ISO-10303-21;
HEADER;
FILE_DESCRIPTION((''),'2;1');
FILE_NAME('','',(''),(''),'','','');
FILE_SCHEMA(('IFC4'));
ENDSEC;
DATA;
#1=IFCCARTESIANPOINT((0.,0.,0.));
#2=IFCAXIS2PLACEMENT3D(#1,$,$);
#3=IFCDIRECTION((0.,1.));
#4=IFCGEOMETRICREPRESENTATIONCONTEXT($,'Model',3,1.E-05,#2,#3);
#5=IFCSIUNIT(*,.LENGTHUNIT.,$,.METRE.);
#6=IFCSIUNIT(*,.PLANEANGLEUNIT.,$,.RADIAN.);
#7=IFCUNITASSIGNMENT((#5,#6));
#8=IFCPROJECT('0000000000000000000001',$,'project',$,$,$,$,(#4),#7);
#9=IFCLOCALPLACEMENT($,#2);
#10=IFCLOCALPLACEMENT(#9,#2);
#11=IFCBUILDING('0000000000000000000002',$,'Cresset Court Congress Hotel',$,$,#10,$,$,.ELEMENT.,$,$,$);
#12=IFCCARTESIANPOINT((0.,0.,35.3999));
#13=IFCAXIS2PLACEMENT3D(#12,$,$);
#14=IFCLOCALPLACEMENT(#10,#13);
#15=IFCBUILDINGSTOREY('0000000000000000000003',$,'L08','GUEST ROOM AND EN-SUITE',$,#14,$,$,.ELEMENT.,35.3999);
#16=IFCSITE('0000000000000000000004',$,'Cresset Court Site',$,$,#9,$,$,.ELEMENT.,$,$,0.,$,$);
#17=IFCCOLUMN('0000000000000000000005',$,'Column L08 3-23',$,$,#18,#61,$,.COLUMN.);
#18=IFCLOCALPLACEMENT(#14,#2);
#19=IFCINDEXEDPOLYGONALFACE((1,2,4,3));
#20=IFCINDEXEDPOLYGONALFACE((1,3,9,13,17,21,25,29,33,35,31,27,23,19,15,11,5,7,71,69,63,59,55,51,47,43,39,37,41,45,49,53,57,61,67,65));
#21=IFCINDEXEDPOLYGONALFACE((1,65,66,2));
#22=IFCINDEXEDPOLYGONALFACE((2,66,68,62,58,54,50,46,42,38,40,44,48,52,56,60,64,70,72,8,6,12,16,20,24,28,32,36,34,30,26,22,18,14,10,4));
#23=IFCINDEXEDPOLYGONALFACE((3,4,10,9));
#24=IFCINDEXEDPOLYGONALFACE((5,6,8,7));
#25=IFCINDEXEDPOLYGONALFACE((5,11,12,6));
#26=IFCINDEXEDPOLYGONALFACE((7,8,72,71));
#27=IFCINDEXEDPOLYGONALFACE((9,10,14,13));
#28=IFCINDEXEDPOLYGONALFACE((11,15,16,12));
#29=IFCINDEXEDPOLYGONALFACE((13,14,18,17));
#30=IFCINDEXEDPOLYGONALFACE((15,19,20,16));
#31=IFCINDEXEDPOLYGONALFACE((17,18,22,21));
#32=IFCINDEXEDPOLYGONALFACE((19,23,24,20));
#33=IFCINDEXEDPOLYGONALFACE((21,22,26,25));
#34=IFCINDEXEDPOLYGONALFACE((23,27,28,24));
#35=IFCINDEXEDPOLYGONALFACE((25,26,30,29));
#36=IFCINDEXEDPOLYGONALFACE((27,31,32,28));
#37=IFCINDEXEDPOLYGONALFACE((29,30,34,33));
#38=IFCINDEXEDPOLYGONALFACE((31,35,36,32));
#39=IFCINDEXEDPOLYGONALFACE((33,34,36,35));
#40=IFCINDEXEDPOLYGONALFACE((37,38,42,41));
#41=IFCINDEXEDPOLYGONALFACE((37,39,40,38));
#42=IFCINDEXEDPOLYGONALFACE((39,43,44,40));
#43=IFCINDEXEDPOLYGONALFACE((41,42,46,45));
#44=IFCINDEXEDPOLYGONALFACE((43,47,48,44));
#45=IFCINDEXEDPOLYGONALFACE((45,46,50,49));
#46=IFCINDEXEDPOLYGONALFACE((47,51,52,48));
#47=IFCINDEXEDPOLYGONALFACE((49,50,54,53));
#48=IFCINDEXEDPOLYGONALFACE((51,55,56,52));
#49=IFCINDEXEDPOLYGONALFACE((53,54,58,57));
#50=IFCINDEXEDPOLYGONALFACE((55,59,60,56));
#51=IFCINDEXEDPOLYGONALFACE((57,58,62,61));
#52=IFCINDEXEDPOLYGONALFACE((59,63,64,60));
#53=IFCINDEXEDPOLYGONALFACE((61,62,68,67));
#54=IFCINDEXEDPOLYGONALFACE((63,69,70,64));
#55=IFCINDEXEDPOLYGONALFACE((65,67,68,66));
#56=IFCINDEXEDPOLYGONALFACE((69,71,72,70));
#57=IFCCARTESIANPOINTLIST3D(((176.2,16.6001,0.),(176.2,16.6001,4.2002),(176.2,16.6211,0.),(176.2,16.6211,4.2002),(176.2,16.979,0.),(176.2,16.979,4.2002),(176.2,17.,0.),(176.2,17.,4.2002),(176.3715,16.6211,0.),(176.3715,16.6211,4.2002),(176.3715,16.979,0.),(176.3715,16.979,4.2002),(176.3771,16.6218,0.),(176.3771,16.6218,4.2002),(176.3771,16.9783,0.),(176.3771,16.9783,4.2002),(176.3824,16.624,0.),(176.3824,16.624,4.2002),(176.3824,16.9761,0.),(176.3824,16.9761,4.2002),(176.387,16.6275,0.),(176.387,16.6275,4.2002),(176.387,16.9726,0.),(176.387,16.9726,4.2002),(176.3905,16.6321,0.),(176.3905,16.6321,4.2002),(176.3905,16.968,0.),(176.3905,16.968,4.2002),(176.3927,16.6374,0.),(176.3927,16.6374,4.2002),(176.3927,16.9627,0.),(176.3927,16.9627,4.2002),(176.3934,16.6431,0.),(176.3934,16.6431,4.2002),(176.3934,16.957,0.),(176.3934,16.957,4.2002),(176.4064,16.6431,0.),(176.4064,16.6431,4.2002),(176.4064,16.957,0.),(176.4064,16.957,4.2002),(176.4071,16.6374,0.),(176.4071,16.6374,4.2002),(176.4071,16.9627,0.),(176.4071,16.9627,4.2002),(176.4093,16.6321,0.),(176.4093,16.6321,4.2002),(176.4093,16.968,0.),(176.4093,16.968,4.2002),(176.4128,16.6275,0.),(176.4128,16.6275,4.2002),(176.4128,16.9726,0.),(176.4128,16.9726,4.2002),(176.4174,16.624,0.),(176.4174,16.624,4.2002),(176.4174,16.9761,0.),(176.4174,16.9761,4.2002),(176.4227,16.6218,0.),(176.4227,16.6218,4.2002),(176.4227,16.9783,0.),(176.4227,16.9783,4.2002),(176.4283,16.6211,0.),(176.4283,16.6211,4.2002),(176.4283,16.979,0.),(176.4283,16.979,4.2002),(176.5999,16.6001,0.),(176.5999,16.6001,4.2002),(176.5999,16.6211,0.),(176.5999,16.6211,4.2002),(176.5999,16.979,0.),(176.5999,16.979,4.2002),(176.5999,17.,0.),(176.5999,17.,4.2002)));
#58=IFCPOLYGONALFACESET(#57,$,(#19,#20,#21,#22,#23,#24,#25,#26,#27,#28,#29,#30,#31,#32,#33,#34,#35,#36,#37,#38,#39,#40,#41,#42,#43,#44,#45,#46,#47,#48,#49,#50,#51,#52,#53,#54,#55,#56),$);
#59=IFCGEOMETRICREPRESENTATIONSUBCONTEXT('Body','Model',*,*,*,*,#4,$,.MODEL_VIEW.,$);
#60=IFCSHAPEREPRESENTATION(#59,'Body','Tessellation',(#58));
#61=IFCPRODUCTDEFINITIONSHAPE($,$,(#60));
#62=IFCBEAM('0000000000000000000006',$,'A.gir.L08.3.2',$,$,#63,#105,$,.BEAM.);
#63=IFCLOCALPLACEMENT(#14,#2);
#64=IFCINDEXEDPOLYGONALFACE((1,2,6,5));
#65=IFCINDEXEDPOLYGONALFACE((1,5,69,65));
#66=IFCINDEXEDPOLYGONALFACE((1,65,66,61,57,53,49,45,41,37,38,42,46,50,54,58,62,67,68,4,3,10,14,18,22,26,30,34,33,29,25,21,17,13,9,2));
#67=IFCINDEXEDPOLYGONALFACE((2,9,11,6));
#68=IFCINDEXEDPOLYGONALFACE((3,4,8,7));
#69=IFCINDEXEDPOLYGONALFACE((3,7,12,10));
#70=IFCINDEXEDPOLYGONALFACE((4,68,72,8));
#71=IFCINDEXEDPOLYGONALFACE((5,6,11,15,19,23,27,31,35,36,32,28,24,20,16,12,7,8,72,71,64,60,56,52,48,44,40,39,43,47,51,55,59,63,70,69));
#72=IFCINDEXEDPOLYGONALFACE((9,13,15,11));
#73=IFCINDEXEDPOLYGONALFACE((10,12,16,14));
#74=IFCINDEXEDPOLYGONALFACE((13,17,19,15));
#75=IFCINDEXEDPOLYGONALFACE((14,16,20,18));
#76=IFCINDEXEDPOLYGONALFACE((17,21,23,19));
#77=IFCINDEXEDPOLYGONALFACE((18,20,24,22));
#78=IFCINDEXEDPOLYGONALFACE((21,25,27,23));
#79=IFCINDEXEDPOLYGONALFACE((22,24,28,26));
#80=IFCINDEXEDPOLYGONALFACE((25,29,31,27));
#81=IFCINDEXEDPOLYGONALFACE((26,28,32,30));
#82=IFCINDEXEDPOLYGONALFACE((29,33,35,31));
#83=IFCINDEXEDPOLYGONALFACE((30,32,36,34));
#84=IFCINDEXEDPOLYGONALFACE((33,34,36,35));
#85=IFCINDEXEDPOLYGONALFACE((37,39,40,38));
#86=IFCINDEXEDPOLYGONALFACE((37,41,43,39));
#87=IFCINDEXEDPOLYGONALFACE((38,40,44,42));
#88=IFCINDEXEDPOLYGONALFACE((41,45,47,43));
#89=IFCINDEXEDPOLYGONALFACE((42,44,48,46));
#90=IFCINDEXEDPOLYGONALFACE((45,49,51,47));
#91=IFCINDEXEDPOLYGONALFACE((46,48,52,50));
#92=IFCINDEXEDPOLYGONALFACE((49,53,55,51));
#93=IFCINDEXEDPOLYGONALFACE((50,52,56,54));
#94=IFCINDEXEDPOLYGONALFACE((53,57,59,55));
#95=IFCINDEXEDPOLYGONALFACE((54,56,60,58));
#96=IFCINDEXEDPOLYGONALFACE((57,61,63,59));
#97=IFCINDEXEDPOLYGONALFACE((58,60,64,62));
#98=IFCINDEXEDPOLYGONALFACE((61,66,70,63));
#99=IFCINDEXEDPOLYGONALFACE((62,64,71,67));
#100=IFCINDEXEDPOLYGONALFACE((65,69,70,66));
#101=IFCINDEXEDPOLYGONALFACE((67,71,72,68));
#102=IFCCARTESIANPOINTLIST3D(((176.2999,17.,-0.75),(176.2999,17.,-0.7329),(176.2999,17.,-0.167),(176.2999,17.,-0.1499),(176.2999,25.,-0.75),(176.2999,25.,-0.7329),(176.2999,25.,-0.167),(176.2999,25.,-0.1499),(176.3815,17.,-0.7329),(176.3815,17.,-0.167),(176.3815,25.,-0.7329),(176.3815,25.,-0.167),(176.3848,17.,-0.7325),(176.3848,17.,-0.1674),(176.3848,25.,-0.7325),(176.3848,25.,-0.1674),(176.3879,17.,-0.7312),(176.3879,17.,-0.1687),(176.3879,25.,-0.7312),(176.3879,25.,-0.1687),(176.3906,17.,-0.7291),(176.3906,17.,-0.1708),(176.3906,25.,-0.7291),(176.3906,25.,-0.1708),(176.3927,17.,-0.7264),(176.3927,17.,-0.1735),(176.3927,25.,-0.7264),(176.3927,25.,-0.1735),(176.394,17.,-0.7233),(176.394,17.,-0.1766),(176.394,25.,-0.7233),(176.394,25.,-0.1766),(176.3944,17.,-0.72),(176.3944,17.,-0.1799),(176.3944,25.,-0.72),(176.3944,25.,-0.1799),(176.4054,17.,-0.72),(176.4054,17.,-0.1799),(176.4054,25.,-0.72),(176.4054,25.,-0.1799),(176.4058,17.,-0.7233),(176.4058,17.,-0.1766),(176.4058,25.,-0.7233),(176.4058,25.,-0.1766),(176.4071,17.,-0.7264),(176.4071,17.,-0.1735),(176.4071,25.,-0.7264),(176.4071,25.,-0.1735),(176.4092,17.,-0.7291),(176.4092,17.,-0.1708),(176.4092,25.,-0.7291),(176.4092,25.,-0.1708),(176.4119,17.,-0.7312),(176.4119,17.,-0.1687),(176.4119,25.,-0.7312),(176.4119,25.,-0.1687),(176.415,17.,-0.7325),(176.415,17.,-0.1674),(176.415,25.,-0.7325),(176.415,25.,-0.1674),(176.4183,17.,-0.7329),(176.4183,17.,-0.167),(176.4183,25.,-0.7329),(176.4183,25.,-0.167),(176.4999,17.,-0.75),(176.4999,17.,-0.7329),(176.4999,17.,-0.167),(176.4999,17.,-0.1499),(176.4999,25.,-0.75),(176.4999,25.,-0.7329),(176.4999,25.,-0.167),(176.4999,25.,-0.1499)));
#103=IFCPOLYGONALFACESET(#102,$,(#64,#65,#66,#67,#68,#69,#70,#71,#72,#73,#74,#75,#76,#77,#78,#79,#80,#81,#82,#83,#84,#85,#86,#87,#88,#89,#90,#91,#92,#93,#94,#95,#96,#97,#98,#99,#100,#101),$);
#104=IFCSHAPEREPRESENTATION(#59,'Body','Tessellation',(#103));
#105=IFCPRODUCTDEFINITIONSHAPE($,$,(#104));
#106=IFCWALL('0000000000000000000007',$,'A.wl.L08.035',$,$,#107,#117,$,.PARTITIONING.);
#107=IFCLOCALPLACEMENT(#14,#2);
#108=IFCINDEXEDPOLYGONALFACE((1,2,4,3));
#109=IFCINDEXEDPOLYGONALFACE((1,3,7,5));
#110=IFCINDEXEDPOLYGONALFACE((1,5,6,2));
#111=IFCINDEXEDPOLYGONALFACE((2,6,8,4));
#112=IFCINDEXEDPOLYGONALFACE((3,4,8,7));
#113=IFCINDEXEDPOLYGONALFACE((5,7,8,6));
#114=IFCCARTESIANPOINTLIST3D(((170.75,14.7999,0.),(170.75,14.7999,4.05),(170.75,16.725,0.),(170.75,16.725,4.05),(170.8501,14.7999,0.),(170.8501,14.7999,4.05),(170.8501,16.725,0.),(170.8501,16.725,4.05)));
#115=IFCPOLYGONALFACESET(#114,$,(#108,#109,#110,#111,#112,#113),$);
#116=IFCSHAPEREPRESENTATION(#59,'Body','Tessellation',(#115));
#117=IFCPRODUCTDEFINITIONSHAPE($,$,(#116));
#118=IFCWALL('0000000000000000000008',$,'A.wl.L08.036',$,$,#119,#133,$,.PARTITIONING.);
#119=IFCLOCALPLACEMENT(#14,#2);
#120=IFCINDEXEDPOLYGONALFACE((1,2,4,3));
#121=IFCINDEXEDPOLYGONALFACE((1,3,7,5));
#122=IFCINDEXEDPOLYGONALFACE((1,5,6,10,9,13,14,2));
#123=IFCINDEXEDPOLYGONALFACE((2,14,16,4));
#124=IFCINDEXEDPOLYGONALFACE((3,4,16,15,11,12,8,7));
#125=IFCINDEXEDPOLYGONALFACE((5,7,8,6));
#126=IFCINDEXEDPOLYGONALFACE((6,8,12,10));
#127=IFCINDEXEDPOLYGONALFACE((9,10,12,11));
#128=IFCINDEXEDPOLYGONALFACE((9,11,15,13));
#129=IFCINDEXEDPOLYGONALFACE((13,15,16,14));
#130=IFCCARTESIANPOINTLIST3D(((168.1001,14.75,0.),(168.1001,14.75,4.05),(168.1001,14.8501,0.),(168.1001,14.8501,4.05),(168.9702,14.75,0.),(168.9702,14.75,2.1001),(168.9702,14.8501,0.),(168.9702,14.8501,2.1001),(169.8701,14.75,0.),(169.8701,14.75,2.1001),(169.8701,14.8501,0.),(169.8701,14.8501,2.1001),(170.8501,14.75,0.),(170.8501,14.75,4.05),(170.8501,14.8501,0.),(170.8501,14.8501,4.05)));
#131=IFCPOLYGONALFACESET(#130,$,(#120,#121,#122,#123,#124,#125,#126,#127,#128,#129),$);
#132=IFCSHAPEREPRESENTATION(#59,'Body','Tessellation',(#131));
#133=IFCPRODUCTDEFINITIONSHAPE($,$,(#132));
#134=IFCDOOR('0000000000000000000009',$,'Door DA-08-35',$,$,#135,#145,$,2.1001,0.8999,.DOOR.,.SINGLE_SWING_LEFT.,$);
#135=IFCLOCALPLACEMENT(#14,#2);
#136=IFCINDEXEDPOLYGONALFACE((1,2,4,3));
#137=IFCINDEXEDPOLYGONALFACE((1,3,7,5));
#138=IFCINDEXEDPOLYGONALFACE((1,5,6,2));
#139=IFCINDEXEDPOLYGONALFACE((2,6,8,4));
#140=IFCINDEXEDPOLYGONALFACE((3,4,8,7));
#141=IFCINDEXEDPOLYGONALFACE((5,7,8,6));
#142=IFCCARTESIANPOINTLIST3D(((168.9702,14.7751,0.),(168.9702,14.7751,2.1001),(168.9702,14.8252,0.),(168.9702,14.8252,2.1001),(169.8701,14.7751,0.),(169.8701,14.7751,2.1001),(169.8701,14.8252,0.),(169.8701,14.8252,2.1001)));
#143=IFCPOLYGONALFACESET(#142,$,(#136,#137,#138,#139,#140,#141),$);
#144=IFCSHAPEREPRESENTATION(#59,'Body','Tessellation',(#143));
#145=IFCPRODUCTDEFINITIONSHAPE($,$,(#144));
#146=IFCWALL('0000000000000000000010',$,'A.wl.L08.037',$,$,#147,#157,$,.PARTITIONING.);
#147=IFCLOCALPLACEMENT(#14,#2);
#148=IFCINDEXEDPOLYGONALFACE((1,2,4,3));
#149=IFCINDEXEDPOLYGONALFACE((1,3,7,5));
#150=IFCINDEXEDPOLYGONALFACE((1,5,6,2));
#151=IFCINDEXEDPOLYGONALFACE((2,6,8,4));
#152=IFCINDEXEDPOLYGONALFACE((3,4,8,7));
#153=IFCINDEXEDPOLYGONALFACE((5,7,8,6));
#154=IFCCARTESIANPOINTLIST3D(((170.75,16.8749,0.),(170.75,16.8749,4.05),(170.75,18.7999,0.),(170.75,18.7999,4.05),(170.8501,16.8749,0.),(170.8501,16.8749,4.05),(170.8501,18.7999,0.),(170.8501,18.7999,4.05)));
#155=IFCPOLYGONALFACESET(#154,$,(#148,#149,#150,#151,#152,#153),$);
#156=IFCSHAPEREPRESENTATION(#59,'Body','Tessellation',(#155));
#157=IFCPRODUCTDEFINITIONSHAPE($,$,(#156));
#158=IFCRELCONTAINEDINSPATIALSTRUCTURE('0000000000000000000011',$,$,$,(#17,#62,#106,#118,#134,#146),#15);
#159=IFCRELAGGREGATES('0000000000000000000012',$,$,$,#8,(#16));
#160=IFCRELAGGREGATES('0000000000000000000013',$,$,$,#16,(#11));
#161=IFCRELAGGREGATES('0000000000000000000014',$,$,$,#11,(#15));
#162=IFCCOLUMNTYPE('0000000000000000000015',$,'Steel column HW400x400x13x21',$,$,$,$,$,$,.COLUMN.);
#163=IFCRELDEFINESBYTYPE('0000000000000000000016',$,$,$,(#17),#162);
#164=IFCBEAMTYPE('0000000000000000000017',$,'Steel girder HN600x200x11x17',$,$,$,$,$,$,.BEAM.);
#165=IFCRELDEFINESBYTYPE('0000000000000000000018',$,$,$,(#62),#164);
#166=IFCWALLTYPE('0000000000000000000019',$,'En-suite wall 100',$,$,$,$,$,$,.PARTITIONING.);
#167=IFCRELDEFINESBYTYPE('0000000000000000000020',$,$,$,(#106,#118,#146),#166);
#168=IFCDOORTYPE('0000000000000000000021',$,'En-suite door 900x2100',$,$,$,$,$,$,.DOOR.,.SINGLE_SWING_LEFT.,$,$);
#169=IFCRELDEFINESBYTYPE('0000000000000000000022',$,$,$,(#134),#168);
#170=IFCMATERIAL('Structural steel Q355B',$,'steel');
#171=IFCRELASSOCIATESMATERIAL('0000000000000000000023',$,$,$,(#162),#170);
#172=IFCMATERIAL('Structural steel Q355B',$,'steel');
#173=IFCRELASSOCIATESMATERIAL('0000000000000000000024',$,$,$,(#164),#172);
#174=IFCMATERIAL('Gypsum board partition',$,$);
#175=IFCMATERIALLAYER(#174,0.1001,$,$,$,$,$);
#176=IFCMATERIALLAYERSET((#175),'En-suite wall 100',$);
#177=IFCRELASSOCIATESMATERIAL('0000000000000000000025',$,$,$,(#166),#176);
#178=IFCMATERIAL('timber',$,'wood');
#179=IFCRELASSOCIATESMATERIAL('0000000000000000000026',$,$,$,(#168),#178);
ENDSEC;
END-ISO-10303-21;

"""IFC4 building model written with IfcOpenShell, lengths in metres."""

from ifc_helpers import new_model, si_unit, direction, frame, frame_2d, origin, origin_2d, place, context, subcontext, project, spatial, rectangle, i_section, extrude, material, layer, layer_set, material_profile, profile_set, type_object, element, fill, save


model = new_model("IFC4")

# Units and contexts
model_context = context("Model", 3, precision=1e-05, world=origin(), true_north=direction((0.0, 1.0)))
body_context = subcontext(model_context, "Body", "Model", "MODEL_VIEW")
ifc_project = project(units=[si_unit("LENGTHUNIT", "METRE"), si_unit("PLANEANGLEUNIT", "RADIAN")], contexts=[model_context])

# Site, building, storey
site_placement = place(None, origin())
site = spatial("IfcSite", under=ifc_project, at=site_placement, Name="Cresset Court Site", CompositionType="ELEMENT", RefElevation=0.0)
building_placement = place(site_placement, origin())
building = spatial("IfcBuilding", under=site, at=building_placement, Name="Cresset Court Congress Hotel", CompositionType="ELEMENT")
storey_placement = place(building_placement, frame((0.0, 0.0, 35.3999)))
storey = spatial("IfcBuildingStorey", under=building, at=storey_placement, Name="L08", Description="GUEST ROOM AND EN-SUITE", CompositionType="ELEMENT", Elevation=35.3999)

# Column
ifc_material_1 = material(Name="Structural steel Q355B", Category="steel")
ifc_material_profile_1 = material_profile(ifc_material_1, i_section(OverallWidth=0.3999, OverallDepth=0.3999, WebThickness=0.0129, FlangeThickness=0.021, FilletRadius=0.022, at=origin_2d()), Name="HW400x400x13x21")
ifc_profile_set_1 = profile_set([ifc_material_profile_1], Name="Structural steel Q355B")
column_type = type_object("IfcColumnType", Name="Steel column HW400x400x13x21", PredefinedType="COLUMN", material=ifc_profile_set_1)
column_placement = place(storey_placement, frame((176.3999, 16.8, 0.0), z_axis=(0.0, 0.0, 1.0), x_axis=(1.0, 0.0, 0.0)))
element("IfcColumn", 1, at=column_placement, inside=storey, type_object=column_type, Name="Column L08 3-23", PredefinedType="COLUMN", context=body_context, shape_type="SweptSolid", body=[
    extrude(i_section(OverallWidth=0.3999, OverallDepth=0.3999, WebThickness=0.0129, FlangeThickness=0.021, FilletRadius=0.022, at=origin_2d()), origin(), (0.0, 0.0, 1.0), 4.2002),
])

# Beam
ifc_material_2 = material(Name="Structural steel Q355B", Category="steel")
ifc_material_profile_2 = material_profile(ifc_material_2, i_section(OverallWidth=0.2, OverallDepth=0.6001, WebThickness=0.011, FlangeThickness=0.0171, FilletRadius=0.0129, at=origin_2d()), Name="HN600x200x11x17")
ifc_profile_set_2 = profile_set([ifc_material_profile_2], Name="Structural steel Q355B")
beam_type = type_object("IfcBeamType", Name="Steel girder HN600x200x11x17", PredefinedType="BEAM", material=ifc_profile_set_2)
beam_placement = place(storey_placement, frame((176.3999, 17.0, -0.45), z_axis=(0.0, 1.0, 0.0), x_axis=(-1.0, 0.0, 0.0)))
element("IfcBeam", 2, at=beam_placement, inside=storey, type_object=beam_type, Name="A.gir.L08.3.2", PredefinedType="BEAM", context=body_context, shape_type="SweptSolid", body=[
    extrude(i_section(OverallWidth=0.2, OverallDepth=0.6001, WebThickness=0.011, FlangeThickness=0.0171, FilletRadius=0.0129, at=origin_2d()), origin(), (0.0, 0.0, 1.0), 8.0),
])

# Wall
ifc_material_3 = material(Name="Gypsum board partition")
ifc_layer = layer(ifc_material_3, 0.1001)
ifc_layer_set = layer_set([ifc_layer], Name="En-suite wall 100")
wall_type = type_object("IfcWallType", Name="En-suite wall 100", PredefinedType="PARTITIONING", material=ifc_layer_set)
wall_1_placement = place(storey_placement, frame((170.8, 14.8, 0.0), z_axis=(0.0, 0.0, 1.0), x_axis=(0.0, 1.0, 0.0)))
element("IfcWall", 3, at=wall_1_placement, inside=storey, type_object=wall_type, Name="A.wl.L08.035", PredefinedType="PARTITIONING", context=body_context, shape_type="SweptSolid", body=[
    extrude(rectangle(XDim=1.925, YDim=0.1001, at=frame_2d((0.9624, 0.0))), origin(), (0.0, 0.0, 1.0), 4.05),
])

# Wall, opening, door
wall_2_placement = place(storey_placement, frame((170.8501, 14.8, 0.0), z_axis=(0.0, 0.0, 1.0), x_axis=(-1.0, 0.0, 0.0)))
wall_2 = element("IfcWall", 4, at=wall_2_placement, inside=storey, type_object=wall_type, Name="A.wl.L08.036", PredefinedType="PARTITIONING", context=body_context, shape_type="SweptSolid", body=[
    extrude(rectangle(XDim=2.75, YDim=0.1001, at=frame_2d((1.375, 0.0))), origin(), (0.0, 0.0, 1.0), 4.05),
])
opening_1_placement = place(wall_2_placement, frame((0.98, 0.0, 0.0)))
opening_1 = element("IfcOpeningElement", 5, at=opening_1_placement, cuts=wall_2, PredefinedType="OPENING", context=body_context, shape_type="SweptSolid", body=[
    extrude(rectangle(XDim=0.8999, YDim=2.1001, at=frame_2d((0.45, 1.05))), frame((0.0, 0.0601, 0.0), z_axis=(0.0, -1.0, 0.0), x_axis=(1.0, 0.0, 0.0)), (0.0, 0.0, 1.0), 0.1201),
])
ifc_material_4 = material(Name="timber", Category="wood")
door_type = type_object("IfcDoorType", Name="En-suite door 900x2100", OperationType="SINGLE_SWING_LEFT", PredefinedType="DOOR", material=ifc_material_4)
door_1_placement = place(opening_1_placement, origin())
door_1 = element("IfcDoor", 6, at=door_1_placement, inside=storey, type_object=door_type, Name="Door DA-08-35", OperationType="SINGLE_SWING_LEFT", OverallHeight=2.1001, OverallWidth=0.8999, PredefinedType="DOOR", context=body_context, shape_type="SweptSolid", body=[
    extrude(rectangle(XDim=0.8999, YDim=2.1001, at=frame_2d((0.45, 1.05))), frame((0.0, 0.0249, 0.0), z_axis=(0.0, -1.0, 0.0), x_axis=(1.0, 0.0, 0.0)), (0.0, 0.0, 1.0), 0.05),
])
fill(opening_1, door_1)

# Wall
wall_3_placement = place(storey_placement, frame((170.8, 16.875, 0.0), z_axis=(0.0, 0.0, 1.0), x_axis=(0.0, 1.0, 0.0)))
element("IfcWall", 7, at=wall_3_placement, inside=storey, type_object=wall_type, Name="A.wl.L08.037", PredefinedType="PARTITIONING", context=body_context, shape_type="SweptSolid", body=[
    extrude(rectangle(XDim=1.925, YDim=0.1001, at=frame_2d((0.9624, 0.0))), origin(), (0.0, 0.0, 1.0), 4.05),
])

save(model, "model.ifc")
